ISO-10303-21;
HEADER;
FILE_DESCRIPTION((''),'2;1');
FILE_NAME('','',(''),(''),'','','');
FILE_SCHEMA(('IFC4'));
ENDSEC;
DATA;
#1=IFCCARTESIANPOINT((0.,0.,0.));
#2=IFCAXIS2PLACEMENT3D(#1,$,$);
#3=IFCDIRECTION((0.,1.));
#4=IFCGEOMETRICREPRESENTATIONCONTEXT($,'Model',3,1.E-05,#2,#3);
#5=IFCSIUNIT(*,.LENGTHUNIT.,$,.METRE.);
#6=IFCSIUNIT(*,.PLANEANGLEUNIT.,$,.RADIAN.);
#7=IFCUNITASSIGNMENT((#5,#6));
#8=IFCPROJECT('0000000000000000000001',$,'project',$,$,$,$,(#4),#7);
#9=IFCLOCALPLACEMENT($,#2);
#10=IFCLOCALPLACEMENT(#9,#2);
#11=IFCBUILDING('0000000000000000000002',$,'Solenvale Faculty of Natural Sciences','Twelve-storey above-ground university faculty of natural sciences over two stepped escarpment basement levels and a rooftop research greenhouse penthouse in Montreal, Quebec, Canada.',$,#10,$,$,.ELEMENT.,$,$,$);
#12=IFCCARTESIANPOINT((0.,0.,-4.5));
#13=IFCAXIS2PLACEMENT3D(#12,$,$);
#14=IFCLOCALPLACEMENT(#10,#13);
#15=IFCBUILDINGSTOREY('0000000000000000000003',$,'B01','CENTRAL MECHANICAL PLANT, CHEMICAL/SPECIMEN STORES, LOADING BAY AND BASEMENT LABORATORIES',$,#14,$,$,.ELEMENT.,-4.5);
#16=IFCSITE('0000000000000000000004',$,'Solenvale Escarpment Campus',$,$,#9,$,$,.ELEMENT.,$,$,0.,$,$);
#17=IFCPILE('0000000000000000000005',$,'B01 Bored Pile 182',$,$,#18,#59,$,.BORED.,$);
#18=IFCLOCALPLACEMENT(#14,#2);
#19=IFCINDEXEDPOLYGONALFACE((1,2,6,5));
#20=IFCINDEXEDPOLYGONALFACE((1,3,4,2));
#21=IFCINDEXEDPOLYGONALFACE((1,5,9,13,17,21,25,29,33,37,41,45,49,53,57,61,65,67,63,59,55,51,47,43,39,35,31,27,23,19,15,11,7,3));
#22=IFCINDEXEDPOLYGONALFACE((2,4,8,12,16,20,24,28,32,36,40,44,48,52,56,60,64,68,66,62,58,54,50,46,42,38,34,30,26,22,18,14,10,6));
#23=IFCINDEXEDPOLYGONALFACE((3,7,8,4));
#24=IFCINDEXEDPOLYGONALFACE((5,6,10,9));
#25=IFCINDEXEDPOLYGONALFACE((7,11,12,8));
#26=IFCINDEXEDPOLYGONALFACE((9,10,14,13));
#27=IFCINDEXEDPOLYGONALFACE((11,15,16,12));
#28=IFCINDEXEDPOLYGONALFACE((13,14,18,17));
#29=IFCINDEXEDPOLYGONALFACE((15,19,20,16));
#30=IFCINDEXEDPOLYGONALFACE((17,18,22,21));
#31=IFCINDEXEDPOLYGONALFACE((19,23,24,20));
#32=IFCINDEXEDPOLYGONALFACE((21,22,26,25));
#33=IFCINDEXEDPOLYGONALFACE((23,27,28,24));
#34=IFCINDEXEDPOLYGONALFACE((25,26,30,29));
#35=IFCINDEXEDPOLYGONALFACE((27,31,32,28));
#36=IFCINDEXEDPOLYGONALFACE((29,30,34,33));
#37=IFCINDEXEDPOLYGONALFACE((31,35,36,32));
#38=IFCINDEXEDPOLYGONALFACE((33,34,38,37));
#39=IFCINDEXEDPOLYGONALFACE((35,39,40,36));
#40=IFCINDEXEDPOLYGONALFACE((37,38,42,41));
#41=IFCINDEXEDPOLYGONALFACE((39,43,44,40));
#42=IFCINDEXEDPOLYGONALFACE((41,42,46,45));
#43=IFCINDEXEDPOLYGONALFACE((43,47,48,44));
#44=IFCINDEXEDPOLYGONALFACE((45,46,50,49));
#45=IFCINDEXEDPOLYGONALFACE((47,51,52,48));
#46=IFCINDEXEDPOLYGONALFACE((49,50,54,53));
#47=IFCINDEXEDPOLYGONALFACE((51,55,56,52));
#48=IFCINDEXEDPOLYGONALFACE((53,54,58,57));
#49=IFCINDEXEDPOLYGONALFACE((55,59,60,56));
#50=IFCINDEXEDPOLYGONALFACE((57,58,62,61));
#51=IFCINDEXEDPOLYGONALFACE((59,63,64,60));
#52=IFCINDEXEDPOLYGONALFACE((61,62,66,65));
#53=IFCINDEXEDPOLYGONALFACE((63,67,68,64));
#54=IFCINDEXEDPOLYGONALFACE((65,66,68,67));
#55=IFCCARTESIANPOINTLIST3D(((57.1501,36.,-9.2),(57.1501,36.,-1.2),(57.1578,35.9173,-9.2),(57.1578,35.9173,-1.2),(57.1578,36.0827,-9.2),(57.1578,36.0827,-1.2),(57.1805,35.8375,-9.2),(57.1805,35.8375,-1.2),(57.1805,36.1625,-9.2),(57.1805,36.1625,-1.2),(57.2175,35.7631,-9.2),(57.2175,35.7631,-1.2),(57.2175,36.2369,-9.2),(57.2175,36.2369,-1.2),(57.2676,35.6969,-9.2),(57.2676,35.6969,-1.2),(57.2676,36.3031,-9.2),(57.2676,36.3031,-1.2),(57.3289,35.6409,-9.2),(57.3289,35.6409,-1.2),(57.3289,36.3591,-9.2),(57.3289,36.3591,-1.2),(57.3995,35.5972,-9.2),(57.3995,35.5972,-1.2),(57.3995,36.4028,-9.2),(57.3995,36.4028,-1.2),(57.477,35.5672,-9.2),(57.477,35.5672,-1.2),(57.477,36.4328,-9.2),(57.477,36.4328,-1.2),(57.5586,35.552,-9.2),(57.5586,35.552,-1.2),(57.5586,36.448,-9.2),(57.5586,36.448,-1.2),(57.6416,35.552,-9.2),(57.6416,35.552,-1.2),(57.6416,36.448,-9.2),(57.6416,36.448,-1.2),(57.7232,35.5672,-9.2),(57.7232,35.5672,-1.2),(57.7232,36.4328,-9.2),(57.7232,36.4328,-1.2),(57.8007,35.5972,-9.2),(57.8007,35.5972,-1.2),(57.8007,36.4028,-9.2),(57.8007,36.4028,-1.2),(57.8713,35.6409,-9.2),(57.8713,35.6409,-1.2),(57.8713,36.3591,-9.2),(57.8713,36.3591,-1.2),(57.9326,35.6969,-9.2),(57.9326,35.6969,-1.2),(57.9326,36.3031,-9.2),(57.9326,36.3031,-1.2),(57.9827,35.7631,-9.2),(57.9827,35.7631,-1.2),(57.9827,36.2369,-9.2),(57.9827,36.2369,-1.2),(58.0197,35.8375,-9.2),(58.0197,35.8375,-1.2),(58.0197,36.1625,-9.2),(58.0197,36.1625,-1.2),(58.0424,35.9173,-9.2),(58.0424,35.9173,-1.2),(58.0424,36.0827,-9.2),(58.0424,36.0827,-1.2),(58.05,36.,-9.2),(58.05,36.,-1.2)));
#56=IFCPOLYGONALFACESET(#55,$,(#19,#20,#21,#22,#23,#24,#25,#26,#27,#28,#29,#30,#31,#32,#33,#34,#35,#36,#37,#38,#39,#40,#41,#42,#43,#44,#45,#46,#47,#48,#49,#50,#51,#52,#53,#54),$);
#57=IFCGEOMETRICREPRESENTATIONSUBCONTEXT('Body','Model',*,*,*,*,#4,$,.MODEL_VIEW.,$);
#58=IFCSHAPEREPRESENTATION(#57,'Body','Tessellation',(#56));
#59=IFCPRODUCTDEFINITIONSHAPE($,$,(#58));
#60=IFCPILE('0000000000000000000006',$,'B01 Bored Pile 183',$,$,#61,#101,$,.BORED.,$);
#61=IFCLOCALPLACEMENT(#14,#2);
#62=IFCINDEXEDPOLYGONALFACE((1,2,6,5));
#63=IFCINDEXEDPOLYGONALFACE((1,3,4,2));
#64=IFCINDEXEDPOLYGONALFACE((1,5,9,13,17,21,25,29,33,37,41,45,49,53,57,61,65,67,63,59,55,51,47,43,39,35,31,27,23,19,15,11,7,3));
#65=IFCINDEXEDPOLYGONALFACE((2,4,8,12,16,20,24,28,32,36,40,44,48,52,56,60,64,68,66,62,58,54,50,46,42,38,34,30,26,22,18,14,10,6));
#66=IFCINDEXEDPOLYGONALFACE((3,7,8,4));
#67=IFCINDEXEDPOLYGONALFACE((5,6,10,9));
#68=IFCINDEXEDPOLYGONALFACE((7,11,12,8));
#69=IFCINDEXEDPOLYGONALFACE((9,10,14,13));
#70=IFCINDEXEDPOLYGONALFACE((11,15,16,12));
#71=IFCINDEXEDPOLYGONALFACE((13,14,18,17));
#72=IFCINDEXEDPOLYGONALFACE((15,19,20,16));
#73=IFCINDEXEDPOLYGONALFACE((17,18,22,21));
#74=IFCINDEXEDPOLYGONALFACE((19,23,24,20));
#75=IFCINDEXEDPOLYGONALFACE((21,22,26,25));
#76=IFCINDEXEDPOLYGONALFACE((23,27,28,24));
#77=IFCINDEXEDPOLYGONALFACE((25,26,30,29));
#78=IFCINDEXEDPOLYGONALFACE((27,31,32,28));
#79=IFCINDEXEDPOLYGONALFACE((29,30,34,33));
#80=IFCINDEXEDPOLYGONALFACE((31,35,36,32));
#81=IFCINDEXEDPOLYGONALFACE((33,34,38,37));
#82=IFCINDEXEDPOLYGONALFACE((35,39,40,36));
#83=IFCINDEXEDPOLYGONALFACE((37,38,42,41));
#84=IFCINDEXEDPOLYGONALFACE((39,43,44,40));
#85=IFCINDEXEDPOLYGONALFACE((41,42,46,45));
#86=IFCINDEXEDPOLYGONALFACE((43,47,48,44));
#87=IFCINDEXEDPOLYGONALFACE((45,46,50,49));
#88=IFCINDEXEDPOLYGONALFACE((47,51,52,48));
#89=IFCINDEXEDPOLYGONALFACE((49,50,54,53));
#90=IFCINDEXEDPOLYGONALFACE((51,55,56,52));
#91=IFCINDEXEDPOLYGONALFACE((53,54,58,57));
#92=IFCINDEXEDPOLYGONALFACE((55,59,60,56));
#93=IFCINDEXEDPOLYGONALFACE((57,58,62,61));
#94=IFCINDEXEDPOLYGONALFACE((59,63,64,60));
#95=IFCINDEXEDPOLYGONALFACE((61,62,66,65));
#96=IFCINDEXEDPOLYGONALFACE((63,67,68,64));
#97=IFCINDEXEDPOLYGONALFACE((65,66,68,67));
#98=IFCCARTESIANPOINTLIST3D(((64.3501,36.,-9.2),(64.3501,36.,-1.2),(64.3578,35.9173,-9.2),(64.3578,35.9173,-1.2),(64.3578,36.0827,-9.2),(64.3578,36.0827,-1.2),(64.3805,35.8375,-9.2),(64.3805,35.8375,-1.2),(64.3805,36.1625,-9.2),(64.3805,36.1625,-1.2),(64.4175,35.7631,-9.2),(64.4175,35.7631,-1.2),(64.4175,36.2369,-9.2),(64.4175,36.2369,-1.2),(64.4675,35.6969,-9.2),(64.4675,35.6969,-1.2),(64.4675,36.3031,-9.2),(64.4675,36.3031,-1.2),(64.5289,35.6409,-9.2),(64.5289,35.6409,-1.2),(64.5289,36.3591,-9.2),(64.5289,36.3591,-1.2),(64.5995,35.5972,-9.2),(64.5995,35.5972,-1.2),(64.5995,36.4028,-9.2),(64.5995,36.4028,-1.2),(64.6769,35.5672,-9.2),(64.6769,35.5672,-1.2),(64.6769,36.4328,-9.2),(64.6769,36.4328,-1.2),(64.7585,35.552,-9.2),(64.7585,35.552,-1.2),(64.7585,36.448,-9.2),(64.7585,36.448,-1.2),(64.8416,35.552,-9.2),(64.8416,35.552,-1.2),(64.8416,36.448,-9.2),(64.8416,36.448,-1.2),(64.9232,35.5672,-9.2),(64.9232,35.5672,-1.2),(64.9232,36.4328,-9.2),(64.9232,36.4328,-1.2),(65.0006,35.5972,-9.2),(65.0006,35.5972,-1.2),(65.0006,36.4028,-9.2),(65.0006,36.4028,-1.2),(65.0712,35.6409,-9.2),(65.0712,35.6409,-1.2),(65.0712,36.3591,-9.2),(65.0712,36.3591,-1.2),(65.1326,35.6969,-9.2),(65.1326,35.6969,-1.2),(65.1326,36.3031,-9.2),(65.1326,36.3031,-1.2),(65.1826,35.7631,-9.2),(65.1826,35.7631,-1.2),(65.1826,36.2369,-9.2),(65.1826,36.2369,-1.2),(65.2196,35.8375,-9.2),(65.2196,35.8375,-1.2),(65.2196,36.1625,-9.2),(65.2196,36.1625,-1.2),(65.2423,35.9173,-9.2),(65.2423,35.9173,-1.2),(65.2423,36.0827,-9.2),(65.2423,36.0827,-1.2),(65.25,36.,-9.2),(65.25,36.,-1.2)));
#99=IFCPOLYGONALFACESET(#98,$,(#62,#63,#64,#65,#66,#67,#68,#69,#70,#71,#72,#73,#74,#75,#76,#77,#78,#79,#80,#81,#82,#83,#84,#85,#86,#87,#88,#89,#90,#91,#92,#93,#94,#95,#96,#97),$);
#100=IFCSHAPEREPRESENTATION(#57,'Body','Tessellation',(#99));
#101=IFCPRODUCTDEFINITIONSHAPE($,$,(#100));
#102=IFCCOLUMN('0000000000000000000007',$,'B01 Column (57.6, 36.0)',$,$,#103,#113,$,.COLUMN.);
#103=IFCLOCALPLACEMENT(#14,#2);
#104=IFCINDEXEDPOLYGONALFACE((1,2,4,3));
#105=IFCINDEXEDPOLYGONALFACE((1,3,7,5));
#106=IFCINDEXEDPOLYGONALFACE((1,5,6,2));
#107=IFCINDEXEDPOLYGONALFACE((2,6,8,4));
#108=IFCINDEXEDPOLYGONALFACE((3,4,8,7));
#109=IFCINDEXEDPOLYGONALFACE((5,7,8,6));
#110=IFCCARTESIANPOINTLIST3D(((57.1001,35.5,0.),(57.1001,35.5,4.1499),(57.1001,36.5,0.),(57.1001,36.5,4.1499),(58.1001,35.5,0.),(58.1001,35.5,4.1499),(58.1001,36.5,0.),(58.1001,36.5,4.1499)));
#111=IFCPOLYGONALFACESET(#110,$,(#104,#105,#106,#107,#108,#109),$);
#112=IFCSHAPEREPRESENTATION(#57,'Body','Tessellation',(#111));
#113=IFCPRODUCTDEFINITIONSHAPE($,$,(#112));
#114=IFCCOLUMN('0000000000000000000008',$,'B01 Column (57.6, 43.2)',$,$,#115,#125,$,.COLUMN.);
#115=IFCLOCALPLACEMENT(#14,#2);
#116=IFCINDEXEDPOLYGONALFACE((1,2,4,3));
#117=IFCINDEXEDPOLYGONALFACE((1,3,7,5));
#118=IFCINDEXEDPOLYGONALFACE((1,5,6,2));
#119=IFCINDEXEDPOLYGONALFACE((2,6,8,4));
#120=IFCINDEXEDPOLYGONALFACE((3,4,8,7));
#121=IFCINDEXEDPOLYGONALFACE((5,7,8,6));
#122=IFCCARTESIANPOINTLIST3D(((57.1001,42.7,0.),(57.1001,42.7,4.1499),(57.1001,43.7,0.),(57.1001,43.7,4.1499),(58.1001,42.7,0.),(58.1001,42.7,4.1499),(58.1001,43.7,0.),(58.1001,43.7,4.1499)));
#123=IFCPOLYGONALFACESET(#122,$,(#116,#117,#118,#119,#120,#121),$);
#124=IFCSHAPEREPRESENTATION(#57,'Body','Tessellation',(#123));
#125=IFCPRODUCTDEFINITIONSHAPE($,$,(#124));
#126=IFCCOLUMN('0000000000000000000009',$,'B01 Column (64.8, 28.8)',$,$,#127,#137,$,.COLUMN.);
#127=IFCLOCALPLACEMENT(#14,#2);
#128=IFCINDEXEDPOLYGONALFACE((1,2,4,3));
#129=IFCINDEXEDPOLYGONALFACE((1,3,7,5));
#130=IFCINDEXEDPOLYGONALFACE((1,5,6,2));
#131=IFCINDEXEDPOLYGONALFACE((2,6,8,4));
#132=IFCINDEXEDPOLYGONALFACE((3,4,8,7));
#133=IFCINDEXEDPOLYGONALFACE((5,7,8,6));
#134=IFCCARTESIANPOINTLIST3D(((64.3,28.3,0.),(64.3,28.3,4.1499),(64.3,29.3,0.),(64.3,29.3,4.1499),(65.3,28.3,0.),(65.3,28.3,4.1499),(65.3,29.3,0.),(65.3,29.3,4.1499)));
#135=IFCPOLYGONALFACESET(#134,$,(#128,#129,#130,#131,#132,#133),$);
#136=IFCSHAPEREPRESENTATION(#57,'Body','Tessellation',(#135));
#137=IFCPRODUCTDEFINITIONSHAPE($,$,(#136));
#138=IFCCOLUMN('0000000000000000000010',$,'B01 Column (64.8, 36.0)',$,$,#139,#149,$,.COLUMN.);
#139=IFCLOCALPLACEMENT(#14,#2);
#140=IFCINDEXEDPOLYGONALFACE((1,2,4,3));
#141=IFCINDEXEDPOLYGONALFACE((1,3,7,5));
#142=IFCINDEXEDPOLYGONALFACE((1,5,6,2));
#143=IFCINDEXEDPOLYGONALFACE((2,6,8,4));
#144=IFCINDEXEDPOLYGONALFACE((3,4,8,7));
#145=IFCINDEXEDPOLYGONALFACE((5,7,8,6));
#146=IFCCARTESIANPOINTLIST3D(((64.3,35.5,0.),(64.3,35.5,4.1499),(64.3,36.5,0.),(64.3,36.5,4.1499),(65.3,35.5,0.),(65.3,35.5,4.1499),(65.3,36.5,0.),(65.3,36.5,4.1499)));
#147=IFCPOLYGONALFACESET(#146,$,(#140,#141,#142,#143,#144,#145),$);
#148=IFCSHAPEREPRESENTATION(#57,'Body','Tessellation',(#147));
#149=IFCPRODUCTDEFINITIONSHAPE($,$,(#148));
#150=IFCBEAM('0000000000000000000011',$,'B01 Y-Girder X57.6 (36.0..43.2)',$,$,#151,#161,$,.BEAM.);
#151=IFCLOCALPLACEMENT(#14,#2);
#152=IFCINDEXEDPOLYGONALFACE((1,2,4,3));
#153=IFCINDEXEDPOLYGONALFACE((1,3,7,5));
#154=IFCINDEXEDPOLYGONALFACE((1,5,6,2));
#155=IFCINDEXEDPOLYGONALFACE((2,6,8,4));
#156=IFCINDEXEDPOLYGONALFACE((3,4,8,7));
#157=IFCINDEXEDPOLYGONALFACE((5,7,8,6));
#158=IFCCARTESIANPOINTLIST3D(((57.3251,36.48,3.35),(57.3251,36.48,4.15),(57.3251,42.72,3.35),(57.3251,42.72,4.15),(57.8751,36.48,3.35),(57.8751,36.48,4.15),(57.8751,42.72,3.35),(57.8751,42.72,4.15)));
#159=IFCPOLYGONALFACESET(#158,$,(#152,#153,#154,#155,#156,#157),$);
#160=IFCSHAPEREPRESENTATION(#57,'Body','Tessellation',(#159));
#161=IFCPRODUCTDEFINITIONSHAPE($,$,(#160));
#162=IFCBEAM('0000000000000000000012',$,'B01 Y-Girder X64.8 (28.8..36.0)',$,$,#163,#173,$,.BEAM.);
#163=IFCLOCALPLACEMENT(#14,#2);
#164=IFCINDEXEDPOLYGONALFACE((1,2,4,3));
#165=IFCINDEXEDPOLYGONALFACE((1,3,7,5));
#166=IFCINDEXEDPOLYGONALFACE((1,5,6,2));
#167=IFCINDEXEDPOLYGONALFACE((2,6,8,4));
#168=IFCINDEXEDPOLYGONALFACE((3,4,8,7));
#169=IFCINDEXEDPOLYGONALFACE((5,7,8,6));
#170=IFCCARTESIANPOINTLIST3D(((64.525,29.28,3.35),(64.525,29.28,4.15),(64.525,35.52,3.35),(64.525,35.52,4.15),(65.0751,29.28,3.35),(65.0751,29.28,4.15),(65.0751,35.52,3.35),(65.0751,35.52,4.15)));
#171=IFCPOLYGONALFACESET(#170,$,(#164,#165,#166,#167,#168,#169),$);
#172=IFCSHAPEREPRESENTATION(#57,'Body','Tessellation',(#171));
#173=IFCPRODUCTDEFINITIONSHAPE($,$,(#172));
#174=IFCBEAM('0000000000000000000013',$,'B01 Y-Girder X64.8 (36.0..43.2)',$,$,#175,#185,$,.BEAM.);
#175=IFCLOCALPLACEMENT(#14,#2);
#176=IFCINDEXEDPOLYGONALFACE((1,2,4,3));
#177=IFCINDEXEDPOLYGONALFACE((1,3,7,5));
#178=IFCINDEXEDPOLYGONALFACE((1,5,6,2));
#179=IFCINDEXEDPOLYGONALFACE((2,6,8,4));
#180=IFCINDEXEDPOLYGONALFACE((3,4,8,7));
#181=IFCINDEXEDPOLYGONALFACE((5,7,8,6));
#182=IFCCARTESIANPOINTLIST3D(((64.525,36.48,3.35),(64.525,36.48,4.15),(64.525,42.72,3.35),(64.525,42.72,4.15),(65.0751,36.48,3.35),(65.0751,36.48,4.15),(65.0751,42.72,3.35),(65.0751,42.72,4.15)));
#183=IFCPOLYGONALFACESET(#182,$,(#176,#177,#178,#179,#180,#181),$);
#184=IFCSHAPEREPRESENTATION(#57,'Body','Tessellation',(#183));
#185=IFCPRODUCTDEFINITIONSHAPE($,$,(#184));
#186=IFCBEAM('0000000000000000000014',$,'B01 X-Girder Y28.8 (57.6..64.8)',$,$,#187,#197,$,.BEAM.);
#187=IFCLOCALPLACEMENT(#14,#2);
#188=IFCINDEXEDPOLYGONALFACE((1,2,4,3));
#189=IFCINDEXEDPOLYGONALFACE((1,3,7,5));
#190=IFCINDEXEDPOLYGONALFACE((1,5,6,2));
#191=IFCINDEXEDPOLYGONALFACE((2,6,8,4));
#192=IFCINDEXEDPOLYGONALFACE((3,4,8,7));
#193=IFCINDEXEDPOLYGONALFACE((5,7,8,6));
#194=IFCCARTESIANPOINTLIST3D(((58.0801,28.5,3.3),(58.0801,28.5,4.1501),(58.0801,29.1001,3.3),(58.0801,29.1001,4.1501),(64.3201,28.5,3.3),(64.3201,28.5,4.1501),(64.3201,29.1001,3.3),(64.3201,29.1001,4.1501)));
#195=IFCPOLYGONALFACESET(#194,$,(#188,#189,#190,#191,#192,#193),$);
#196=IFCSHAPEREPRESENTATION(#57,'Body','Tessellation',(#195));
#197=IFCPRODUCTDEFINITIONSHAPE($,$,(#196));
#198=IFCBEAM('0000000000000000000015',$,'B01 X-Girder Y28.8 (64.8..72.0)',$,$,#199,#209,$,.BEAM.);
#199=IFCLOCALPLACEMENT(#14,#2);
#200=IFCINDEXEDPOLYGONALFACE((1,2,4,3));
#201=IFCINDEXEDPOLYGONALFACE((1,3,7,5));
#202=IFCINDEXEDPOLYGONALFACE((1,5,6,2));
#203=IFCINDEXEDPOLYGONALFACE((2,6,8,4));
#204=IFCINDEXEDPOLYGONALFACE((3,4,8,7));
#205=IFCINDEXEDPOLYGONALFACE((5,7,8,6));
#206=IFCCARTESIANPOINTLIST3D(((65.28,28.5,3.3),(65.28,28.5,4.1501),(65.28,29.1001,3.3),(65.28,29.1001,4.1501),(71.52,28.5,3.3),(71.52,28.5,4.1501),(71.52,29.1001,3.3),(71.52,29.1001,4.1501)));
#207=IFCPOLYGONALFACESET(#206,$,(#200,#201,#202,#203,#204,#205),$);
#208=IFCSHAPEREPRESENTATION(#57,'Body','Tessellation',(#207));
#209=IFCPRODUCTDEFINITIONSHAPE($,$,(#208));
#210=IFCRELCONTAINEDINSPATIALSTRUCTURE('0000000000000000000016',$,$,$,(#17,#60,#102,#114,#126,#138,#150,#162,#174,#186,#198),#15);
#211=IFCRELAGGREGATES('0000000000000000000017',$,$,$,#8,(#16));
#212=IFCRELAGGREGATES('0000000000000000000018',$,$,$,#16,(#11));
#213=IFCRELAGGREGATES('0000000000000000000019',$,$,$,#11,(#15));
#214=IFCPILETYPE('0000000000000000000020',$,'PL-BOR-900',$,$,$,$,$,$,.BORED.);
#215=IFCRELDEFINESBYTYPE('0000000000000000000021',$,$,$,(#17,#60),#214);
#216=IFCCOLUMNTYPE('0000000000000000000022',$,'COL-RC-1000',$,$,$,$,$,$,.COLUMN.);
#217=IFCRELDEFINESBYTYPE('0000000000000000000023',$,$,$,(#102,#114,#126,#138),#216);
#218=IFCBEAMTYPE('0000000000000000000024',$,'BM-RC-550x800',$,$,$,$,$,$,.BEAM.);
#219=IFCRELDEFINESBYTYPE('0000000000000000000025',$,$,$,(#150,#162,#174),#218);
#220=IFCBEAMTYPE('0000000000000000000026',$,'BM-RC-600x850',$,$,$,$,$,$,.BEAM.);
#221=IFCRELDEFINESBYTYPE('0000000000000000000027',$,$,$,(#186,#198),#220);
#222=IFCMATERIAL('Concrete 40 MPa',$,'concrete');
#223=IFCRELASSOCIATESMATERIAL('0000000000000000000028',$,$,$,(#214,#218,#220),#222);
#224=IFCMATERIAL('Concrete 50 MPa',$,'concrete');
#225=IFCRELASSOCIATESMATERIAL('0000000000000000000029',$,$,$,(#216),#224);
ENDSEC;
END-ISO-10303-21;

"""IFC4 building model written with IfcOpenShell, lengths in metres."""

from ifc_helpers import new_model, si_unit, direction, frame, origin, origin_2d, place, context, subcontext, project, spatial, rectangle, circle, extrude, material, material_profile, profile_set, type_object, element, save


model = new_model("IFC4")

# Units and contexts
model_context = context("Model", 3, precision=1e-05, world=origin(), true_north=direction((0.0, 1.0)))
body_context = subcontext(model_context, "Body", "Model", "MODEL_VIEW")
ifc_project = project(units=[si_unit("LENGTHUNIT", "METRE"), si_unit("PLANEANGLEUNIT", "RADIAN")], contexts=[model_context])

# Site, building, storey
site_placement = place(None, origin())
site = spatial("IfcSite", under=ifc_project, at=site_placement, Name="Solenvale Escarpment Campus", CompositionType="ELEMENT", RefElevation=0.0)
building_placement = place(site_placement, origin())
building = spatial("IfcBuilding", under=site, at=building_placement, Name="Solenvale Faculty of Natural Sciences", Description="Twelve-storey above-ground university faculty of natural sciences over two stepped escarpment basement levels and a rooftop research greenhouse penthouse in Montreal, Quebec, Canada.", CompositionType="ELEMENT")
storey_placement = place(building_placement, frame((0.0, 0.0, -4.5)))
storey = spatial("IfcBuildingStorey", under=building, at=storey_placement, Name="B01", Description="CENTRAL MECHANICAL PLANT, CHEMICAL/SPECIMEN STORES, LOADING BAY AND BASEMENT LABORATORIES", CompositionType="ELEMENT", Elevation=-4.5)

# Shared definitions
ifc_material_1 = material(Name="Concrete 40 MPa", Category="concrete")

# Piles
ifc_material_profile_1 = material_profile(ifc_material_1, circle(Radius=0.45, at=origin_2d()), Name="PILE-D900")
ifc_profile_set_1 = profile_set([ifc_material_profile_1], Name="Concrete 40 MPa")
pile_type_1 = type_object("IfcPileType", Name="PL-BOR-900", PredefinedType="BORED", material=ifc_profile_set_1)
for number, where, z_axis, x_axis, name in (
    (1, (57.6001, 36.0, -1.2), (0.0, 0.0, -1.0), (1.0, 0.0, 0.0), "B01 Bored Pile 182"),
    (2, (64.8, 36.0, -1.2), (0.0, 0.0, -1.0), (1.0, 0.0, 0.0), "B01 Bored Pile 183"),
):
    element("IfcPile", number, at=place(storey_placement, frame(where, z_axis=z_axis, x_axis=x_axis)), inside=storey, type_object=pile_type_1, Name=name, PredefinedType="BORED", context=body_context, shape_type="SweptSolid", body=[
        extrude(circle(Radius=0.45, at=origin_2d()), origin(), (0.0, 0.0, 1.0), 8.0),
    ])

# Columns
ifc_material_2 = material(Name="Concrete 50 MPa", Category="concrete")
ifc_material_profile_2 = material_profile(ifc_material_2, rectangle(XDim=1.0, YDim=1.0, at=origin_2d()), Name="RC-COL-1000x1000")
ifc_profile_set_2 = profile_set([ifc_material_profile_2], Name="Concrete 50 MPa")
column_type = type_object("IfcColumnType", Name="COL-RC-1000", PredefinedType="COLUMN", material=ifc_profile_set_2)
for number, where, z_axis, x_axis, name in (
    (3, (57.6001, 36.0, 0.0), (0.0, 0.0, 1.0), (1.0, 0.0, 0.0), "B01 Column (57.6, 36.0)"),
    (4, (57.6001, 43.2, 0.0), (0.0, 0.0, 1.0), (1.0, 0.0, 0.0), "B01 Column (57.6, 43.2)"),
    (5, (64.8, 28.8, 0.0), (0.0, 0.0, 1.0), (1.0, 0.0, 0.0), "B01 Column (64.8, 28.8)"),
    (6, (64.8, 36.0, 0.0), (0.0, 0.0, 1.0), (1.0, 0.0, 0.0), "B01 Column (64.8, 36.0)"),
):
    element("IfcColumn", number, at=place(storey_placement, frame(where, z_axis=z_axis, x_axis=x_axis)), inside=storey, type_object=column_type, Name=name, PredefinedType="COLUMN", context=body_context, shape_type="SweptSolid", body=[
        extrude(rectangle(XDim=1.0, YDim=1.0, at=origin_2d()), origin(), (0.0, 0.0, 1.0), 4.1499),
    ])

# Beams
ifc_material_profile_3 = material_profile(ifc_material_1, rectangle(XDim=0.55, YDim=0.8, at=origin_2d()), Name="RC-BM-550x800")
ifc_profile_set_3 = profile_set([ifc_material_profile_3], Name="Concrete 40 MPa")
beam_type_1 = type_object("IfcBeamType", Name="BM-RC-550x800", PredefinedType="BEAM", material=ifc_profile_set_3)
for number, where, z_axis, x_axis, name in (
    (7, (57.6001, 36.48, 3.75), (0.0, 1.0, 0.0), (-1.0, 0.0, 0.0), "B01 Y-Girder X57.6 (36.0..43.2)"),
    (8, (64.8, 29.28, 3.75), (0.0, 1.0, 0.0), (-1.0, 0.0, 0.0), "B01 Y-Girder X64.8 (28.8..36.0)"),
    (9, (64.8, 36.48, 3.75), (0.0, 1.0, 0.0), (-1.0, 0.0, 0.0), "B01 Y-Girder X64.8 (36.0..43.2)"),
):
    element("IfcBeam", number, at=place(storey_placement, frame(where, z_axis=z_axis, x_axis=x_axis)), inside=storey, type_object=beam_type_1, Name=name, PredefinedType="BEAM", context=body_context, shape_type="SweptSolid", body=[
        extrude(rectangle(XDim=0.55, YDim=0.8, at=origin_2d()), origin(), (0.0, 0.0, 1.0), 6.24),
    ])
ifc_material_profile_4 = material_profile(ifc_material_1, rectangle(XDim=0.6001, YDim=0.8501, at=origin_2d()), Name="RC-BM-600x850")
ifc_profile_set_4 = profile_set([ifc_material_profile_4], Name="Concrete 40 MPa")
beam_type_2 = type_object("IfcBeamType", Name="BM-RC-600x850", PredefinedType="BEAM", material=ifc_profile_set_4)
for number, where, z_axis, x_axis, name in (
    (10, (58.0801, 28.8, 3.7251), (1.0, 0.0, 0.0), (0.0, 1.0, 0.0), "B01 X-Girder Y28.8 (57.6..64.8)"),
    (11, (65.28, 28.8, 3.7251), (1.0, 0.0, 0.0), (0.0, 1.0, 0.0), "B01 X-Girder Y28.8 (64.8..72.0)"),
):
    element("IfcBeam", number, at=place(storey_placement, frame(where, z_axis=z_axis, x_axis=x_axis)), inside=storey, type_object=beam_type_2, Name=name, PredefinedType="BEAM", context=body_context, shape_type="SweptSolid", body=[
        extrude(rectangle(XDim=0.6001, YDim=0.8501, at=origin_2d()), origin(), (0.0, 0.0, 1.0), 6.24),
    ])

save(model, "model.ifc")
